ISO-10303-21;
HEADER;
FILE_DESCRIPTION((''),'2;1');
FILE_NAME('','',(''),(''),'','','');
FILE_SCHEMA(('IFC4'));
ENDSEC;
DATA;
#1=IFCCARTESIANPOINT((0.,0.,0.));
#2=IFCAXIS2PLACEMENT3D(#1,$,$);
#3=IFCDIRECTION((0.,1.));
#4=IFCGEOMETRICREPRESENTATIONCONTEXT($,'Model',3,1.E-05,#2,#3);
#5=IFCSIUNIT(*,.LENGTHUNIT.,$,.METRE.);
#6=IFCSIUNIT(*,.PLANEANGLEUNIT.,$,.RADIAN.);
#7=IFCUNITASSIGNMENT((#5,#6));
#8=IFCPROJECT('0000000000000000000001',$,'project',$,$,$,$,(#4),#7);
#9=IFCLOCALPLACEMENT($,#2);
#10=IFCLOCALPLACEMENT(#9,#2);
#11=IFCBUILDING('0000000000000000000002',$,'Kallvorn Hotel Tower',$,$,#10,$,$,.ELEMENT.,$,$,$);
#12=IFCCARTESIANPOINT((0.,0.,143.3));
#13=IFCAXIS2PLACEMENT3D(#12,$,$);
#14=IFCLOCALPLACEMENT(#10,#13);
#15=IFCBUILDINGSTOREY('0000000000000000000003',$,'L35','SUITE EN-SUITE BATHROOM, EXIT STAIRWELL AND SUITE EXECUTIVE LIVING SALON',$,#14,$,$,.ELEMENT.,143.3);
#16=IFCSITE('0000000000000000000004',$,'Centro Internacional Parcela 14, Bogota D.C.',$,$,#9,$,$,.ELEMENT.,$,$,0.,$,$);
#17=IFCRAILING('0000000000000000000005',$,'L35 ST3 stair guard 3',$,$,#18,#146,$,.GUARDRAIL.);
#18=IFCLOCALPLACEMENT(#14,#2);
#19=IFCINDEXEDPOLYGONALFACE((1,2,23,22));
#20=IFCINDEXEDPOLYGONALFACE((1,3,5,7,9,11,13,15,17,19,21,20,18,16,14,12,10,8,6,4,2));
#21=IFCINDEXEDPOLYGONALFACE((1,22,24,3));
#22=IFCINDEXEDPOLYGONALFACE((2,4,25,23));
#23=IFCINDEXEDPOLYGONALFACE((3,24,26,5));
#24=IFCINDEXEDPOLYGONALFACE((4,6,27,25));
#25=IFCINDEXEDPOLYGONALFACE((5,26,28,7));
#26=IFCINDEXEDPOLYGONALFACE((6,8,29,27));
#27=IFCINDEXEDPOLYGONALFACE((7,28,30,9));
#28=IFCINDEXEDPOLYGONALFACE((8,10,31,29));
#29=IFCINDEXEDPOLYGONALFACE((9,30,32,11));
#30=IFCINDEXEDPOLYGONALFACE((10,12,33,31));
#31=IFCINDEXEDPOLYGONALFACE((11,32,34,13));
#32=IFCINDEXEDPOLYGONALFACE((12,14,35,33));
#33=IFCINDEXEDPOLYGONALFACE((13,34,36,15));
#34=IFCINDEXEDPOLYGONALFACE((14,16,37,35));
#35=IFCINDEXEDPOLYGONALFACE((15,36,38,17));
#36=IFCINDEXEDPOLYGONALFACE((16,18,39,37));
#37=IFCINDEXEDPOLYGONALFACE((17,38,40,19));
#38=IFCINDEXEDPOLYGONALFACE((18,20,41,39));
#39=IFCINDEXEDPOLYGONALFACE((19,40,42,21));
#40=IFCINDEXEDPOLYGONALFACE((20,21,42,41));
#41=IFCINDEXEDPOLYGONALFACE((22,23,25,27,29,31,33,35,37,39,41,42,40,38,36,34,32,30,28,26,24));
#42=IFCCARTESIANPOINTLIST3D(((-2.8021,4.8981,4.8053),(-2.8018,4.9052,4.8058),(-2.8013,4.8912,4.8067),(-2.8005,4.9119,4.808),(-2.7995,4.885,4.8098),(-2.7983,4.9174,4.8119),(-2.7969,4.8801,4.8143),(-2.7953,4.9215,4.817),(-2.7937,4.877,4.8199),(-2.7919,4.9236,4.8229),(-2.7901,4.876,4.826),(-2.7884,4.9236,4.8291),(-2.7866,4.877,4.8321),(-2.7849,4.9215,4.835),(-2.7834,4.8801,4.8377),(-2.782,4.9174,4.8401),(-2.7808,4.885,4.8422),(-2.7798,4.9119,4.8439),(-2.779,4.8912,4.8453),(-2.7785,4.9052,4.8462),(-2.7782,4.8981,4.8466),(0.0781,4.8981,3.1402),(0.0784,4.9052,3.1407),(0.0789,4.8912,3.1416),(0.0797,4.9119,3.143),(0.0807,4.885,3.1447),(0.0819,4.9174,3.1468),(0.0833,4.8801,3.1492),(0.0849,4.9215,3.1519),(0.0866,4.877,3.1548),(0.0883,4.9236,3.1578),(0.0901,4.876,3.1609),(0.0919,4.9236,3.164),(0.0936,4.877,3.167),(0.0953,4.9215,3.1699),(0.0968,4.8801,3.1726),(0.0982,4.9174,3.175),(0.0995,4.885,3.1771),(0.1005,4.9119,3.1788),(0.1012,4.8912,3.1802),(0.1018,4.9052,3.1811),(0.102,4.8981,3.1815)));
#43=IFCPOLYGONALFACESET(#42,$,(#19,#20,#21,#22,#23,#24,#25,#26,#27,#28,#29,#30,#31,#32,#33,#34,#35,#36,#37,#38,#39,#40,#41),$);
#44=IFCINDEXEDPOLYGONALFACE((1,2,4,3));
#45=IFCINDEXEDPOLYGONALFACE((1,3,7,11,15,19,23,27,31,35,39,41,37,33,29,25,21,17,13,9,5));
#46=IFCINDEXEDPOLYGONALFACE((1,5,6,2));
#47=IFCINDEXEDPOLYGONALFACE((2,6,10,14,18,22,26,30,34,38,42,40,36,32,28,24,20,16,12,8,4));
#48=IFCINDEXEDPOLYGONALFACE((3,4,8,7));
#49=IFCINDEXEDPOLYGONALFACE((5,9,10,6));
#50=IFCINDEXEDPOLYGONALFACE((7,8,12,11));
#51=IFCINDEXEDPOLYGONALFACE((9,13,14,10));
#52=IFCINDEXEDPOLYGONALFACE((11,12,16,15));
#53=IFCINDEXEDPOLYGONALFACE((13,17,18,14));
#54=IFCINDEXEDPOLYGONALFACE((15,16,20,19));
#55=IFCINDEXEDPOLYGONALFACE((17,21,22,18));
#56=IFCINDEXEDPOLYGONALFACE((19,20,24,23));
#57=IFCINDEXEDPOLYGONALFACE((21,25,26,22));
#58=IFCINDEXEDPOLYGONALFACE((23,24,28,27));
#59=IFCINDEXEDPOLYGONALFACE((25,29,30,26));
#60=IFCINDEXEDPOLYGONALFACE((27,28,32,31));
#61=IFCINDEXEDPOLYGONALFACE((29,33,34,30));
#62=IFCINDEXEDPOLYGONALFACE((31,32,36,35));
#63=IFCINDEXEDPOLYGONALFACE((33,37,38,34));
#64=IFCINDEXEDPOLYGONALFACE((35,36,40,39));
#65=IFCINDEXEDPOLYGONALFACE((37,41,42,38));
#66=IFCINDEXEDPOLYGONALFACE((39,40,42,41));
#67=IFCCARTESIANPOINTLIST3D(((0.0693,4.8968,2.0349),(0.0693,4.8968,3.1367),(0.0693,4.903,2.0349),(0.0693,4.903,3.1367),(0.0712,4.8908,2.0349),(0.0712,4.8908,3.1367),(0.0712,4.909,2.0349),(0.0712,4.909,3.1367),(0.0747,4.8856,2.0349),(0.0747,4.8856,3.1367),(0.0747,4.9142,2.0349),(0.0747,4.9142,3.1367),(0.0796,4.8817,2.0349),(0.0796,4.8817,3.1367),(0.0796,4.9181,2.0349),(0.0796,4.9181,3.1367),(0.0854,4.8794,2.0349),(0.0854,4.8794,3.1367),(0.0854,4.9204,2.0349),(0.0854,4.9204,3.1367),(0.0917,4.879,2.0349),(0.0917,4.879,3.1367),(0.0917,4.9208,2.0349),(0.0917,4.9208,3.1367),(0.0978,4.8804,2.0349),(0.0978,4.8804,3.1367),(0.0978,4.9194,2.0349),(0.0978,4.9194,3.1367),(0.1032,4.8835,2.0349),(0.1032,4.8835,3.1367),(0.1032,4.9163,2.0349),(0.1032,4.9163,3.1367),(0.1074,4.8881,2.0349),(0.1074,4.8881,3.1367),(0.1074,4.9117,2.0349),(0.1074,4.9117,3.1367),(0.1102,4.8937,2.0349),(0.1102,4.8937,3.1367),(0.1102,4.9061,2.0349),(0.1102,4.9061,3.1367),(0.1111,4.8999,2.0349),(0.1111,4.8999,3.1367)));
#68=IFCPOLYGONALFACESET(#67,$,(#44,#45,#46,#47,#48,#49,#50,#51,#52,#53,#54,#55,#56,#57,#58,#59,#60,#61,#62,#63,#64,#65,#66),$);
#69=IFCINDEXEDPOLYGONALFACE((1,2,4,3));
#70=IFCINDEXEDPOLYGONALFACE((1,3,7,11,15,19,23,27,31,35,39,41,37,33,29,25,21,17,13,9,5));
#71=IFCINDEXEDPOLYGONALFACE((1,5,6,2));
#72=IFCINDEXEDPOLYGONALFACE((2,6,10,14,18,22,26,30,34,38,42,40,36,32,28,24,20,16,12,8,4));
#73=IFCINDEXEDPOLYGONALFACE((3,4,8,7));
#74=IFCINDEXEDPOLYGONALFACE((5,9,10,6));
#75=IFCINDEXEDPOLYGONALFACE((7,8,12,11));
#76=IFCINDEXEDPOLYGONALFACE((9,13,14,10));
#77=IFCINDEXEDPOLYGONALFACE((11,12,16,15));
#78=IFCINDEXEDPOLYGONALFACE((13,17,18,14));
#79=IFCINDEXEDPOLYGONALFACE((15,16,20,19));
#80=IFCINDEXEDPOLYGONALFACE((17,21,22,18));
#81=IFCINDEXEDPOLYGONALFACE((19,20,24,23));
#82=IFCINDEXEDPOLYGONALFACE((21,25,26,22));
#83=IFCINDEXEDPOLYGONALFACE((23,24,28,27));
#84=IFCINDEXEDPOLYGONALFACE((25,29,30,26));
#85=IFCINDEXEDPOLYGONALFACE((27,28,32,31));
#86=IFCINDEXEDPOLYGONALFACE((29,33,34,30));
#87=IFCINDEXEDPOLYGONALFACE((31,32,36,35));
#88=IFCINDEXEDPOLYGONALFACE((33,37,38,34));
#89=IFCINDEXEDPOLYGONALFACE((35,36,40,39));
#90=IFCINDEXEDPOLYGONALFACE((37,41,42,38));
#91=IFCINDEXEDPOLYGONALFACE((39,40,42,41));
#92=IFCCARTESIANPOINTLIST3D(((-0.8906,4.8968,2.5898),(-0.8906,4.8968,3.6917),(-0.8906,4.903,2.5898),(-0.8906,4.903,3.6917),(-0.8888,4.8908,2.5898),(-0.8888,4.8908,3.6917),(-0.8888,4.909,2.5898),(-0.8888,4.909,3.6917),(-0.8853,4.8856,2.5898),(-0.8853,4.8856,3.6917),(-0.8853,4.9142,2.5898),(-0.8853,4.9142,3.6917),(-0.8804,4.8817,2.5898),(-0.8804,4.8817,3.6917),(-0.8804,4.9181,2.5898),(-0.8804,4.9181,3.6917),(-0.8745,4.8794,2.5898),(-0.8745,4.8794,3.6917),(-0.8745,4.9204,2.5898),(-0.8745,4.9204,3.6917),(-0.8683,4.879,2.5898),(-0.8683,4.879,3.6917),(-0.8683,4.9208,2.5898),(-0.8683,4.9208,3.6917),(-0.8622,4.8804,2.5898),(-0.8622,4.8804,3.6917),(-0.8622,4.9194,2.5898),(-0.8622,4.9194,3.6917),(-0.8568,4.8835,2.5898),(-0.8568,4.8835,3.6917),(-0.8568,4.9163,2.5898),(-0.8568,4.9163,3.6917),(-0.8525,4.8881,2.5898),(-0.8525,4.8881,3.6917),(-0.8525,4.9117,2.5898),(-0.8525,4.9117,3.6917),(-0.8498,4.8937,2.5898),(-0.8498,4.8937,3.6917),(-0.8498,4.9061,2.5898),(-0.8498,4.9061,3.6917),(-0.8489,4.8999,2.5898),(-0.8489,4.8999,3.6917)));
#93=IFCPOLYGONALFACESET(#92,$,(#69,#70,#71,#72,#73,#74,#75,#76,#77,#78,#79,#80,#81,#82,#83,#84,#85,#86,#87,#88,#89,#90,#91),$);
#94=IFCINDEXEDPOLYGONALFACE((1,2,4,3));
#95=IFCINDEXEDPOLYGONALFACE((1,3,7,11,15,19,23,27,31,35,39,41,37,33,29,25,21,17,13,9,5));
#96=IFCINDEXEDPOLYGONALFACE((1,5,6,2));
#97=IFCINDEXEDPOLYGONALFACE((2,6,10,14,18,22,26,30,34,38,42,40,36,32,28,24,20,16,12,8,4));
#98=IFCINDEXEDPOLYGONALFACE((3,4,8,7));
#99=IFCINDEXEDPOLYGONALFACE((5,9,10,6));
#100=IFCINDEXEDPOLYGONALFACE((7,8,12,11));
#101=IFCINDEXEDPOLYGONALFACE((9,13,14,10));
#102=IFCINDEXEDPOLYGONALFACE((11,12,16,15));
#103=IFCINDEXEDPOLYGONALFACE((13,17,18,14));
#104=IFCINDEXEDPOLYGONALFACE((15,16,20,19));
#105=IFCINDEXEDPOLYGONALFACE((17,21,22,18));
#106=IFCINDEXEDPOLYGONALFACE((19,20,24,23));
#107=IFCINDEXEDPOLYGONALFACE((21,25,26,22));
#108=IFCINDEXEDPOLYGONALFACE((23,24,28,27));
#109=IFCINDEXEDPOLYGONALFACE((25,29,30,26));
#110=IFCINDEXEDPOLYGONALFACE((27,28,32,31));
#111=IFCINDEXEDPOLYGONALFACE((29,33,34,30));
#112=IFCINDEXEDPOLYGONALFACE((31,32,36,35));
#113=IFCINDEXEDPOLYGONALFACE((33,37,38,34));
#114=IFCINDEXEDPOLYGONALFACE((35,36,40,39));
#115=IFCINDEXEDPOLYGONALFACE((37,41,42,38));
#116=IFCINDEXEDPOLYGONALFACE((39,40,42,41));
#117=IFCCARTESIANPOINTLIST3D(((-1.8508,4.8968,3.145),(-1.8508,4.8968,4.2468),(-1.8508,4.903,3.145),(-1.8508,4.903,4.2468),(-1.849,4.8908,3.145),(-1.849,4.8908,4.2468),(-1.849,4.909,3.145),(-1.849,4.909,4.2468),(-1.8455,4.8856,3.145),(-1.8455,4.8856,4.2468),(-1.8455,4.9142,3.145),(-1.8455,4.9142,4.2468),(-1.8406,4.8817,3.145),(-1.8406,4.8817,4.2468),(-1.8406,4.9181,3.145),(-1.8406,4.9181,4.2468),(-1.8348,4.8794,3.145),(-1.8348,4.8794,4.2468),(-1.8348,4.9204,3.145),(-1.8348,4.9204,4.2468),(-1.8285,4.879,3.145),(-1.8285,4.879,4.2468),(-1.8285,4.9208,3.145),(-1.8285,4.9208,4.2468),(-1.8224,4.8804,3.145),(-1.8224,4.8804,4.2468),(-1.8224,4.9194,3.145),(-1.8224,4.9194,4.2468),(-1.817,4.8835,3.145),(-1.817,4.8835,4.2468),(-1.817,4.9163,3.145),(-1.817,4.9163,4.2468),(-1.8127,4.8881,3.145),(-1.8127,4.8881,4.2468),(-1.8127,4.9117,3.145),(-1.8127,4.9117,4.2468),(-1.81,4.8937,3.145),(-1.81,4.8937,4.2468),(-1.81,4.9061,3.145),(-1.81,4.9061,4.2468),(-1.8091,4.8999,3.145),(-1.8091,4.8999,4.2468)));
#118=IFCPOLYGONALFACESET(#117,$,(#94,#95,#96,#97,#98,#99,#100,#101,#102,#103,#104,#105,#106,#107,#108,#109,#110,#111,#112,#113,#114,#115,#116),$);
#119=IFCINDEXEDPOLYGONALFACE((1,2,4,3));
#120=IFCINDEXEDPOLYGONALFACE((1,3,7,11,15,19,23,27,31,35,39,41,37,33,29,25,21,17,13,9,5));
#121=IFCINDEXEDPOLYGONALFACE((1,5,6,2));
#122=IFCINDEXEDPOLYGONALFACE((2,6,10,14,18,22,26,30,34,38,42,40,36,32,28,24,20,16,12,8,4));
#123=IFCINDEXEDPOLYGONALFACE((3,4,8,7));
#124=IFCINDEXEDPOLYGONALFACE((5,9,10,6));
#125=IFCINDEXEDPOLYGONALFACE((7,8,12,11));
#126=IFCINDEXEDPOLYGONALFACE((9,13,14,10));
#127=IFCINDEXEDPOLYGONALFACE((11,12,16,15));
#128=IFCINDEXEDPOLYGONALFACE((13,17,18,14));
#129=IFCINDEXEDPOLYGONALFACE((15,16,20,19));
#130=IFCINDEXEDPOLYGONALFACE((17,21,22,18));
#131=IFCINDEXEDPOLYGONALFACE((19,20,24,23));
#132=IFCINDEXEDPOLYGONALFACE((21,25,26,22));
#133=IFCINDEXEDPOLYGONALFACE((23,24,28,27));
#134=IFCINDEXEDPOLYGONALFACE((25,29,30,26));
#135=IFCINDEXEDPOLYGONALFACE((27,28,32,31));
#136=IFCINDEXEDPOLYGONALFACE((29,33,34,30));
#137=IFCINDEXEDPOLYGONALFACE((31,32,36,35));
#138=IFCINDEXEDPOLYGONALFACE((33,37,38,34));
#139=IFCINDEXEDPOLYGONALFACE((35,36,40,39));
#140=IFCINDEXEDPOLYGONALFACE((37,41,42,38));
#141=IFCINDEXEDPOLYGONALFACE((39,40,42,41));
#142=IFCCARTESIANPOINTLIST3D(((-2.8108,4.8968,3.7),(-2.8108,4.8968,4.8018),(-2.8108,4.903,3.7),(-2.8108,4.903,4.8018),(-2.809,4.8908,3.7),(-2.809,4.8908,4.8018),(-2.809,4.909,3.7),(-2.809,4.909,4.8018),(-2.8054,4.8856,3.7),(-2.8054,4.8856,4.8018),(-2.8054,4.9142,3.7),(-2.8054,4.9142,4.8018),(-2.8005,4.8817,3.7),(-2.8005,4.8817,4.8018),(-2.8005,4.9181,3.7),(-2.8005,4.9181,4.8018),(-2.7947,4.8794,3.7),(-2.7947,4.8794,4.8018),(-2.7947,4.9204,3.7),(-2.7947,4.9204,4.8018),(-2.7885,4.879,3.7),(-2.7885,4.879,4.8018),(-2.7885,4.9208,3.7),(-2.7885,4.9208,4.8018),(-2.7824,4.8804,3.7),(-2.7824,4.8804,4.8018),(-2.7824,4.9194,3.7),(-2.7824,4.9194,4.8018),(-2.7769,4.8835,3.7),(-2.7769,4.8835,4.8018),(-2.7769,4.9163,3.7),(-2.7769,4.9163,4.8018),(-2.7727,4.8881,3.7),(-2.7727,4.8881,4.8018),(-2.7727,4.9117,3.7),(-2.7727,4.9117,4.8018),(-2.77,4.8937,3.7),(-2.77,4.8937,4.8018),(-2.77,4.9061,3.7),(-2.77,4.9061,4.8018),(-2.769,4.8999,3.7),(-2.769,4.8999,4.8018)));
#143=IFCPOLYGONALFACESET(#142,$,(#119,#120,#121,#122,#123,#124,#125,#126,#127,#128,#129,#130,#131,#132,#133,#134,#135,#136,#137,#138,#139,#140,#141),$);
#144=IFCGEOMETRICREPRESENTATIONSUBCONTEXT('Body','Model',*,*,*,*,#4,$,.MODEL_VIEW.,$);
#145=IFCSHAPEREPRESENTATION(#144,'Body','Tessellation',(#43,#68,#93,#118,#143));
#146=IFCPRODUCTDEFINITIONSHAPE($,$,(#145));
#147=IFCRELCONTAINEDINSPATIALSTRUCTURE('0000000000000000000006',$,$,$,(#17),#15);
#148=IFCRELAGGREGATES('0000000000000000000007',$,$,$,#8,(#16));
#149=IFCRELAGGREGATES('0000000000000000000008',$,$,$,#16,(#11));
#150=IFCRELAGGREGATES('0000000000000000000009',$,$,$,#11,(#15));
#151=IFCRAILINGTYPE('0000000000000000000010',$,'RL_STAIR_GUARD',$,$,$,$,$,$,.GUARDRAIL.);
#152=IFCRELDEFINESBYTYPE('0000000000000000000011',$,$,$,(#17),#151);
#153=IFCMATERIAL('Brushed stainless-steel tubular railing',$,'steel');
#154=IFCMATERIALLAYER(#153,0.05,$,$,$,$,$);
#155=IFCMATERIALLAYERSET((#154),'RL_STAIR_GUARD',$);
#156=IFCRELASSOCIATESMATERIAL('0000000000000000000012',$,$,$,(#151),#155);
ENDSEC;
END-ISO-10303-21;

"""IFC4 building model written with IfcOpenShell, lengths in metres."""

from ifc_helpers import new_model, si_unit, direction, frame, origin, origin_2d, place, context, subcontext, project, spatial, circle, extrude, material, layer, layer_set, type_object, element, save


model = new_model("IFC4")

# Units and contexts
model_context = context("Model", 3, precision=1e-05, world=origin(), true_north=direction((0.0, 1.0)))
body_context = subcontext(model_context, "Body", "Model", "MODEL_VIEW")
ifc_project = project(units=[si_unit("LENGTHUNIT", "METRE"), si_unit("PLANEANGLEUNIT", "RADIAN")], contexts=[model_context])

# Site, building, storey
site_placement = place(None, origin())
site = spatial("IfcSite", under=ifc_project, at=site_placement, Name="Centro Internacional Parcela 14, Bogota D.C.", CompositionType="ELEMENT", RefElevation=0.0)
building_placement = place(site_placement, origin())
building = spatial("IfcBuilding", under=site, at=building_placement, Name="Kallvorn Hotel Tower", CompositionType="ELEMENT")
storey_placement = place(building_placement, frame((0.0, 0.0, 143.3)))
storey = spatial("IfcBuildingStorey", under=building, at=storey_placement, Name="L35", Description="SUITE EN-SUITE BATHROOM, EXIT STAIRWELL AND SUITE EXECUTIVE LIVING SALON", CompositionType="ELEMENT", Elevation=143.3)

# Railing
ifc_material_1 = material(Name="Brushed stainless-steel tubular railing", Category="steel")
ifc_layer_1 = layer(ifc_material_1, 0.05)
ifc_layer_set_1 = layer_set([ifc_layer_1], Name="RL_STAIR_GUARD")
railing_type_1 = type_object("IfcRailingType", Name="RL_STAIR_GUARD", PredefinedType="GUARDRAIL", material=ifc_layer_set_1)
railing_1_placement = place(storey_placement, frame((0.0901, 4.8999, 2.0349)))
element("IfcRailing", 1, at=railing_1_placement, inside=storey, type_object=railing_type_1, Name="L35 ST3 stair guard 3", PredefinedType="GUARDRAIL", context=body_context, shape_type="SweptSolid", body=[
    extrude(circle(Radius=0.0239, at=origin_2d()), frame((0.0, 0.0, 1.126), z_axis=(-0.865739, 0.0, 0.500495), x_axis=(0.0, -1.0, 0.0)), (0.0, 0.0, 1.0), 3.3269),
    extrude(circle(Radius=0.021, at=origin_2d()), origin(), (0.0, 0.0, 1.0), 1.1018),
    extrude(circle(Radius=0.021, at=origin_2d()), frame((-0.96, 0.0, 0.5549)), (0.0, 0.0, 1.0), 1.1018),
    extrude(circle(Radius=0.021, at=origin_2d()), frame((-1.9202, 0.0, 1.1101)), (0.0, 0.0, 1.0), 1.1018),
    extrude(circle(Radius=0.021, at=origin_2d()), frame((-2.8801, 0.0, 1.665)), (0.0, 0.0, 1.0), 1.1018),
])

save(model, "model.ifc")
